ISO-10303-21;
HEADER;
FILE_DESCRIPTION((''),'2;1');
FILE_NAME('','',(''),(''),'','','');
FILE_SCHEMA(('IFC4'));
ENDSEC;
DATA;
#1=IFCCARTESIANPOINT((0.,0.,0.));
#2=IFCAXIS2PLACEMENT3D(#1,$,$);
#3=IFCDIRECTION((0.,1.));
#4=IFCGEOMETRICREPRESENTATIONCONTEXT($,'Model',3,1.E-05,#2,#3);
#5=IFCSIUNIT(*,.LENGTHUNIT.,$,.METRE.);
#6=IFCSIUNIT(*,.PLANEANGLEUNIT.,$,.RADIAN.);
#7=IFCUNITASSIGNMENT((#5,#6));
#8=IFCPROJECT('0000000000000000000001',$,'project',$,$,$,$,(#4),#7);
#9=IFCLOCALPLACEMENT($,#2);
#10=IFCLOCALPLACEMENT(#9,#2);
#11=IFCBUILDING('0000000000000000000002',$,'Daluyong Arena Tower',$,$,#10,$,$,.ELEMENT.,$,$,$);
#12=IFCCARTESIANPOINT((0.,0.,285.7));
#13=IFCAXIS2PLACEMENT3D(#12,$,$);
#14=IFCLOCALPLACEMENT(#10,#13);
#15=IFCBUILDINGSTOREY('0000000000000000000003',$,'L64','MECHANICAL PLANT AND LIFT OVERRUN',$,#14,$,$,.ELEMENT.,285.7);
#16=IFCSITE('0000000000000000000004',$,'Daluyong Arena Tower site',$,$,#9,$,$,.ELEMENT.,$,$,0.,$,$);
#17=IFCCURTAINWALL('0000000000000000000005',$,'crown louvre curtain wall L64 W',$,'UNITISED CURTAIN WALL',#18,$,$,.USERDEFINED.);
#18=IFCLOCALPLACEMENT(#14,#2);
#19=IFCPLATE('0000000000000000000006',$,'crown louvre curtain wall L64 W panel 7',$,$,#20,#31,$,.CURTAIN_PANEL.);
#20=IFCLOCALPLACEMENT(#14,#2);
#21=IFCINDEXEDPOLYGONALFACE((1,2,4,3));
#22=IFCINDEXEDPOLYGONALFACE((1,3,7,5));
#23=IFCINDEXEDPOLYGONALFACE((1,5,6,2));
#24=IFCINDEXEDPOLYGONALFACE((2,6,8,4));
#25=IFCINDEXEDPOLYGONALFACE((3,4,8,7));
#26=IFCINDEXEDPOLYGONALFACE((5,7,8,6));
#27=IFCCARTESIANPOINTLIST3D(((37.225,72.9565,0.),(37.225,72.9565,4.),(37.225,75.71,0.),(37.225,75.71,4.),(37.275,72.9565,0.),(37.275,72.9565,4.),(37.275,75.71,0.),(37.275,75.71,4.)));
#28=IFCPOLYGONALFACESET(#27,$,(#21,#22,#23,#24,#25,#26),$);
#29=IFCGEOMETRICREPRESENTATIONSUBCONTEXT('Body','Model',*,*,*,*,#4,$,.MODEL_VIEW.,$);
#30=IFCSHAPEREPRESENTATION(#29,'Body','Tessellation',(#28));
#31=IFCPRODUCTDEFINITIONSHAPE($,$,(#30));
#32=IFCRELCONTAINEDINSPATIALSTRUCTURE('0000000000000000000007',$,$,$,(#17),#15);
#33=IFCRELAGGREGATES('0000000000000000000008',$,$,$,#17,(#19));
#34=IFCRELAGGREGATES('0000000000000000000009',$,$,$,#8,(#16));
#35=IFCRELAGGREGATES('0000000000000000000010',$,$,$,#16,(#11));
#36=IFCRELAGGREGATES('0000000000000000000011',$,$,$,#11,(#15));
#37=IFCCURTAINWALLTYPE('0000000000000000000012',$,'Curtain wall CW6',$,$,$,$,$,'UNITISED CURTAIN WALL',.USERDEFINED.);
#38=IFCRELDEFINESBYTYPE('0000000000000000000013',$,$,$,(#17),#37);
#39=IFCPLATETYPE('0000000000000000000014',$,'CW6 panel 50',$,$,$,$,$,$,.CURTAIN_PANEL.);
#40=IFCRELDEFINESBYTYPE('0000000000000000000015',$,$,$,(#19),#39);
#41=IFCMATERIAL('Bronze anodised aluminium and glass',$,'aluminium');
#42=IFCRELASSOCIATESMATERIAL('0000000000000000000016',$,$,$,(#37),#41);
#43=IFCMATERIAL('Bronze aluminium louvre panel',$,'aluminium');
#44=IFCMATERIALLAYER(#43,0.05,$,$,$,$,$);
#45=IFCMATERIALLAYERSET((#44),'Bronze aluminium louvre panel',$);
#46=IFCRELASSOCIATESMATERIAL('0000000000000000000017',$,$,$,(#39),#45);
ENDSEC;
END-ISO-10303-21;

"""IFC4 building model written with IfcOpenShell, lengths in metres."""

from ifc_helpers import new_model, si_unit, direction, frame, origin, origin_2d, place, context, subcontext, project, spatial, rectangle, extrude, material, layer, layer_set, type_object, element, aggregate, save


model = new_model("IFC4")

# Units and contexts
model_context = context("Model", 3, precision=1e-05, world=origin(), true_north=direction((0.0, 1.0)))
body_context = subcontext(model_context, "Body", "Model", "MODEL_VIEW")
ifc_project = project(units=[si_unit("LENGTHUNIT", "METRE"), si_unit("PLANEANGLEUNIT", "RADIAN")], contexts=[model_context])

# Site, building, storey
site_placement = place(None, origin())
site = spatial("IfcSite", under=ifc_project, at=site_placement, Name="Daluyong Arena Tower site", CompositionType="ELEMENT", RefElevation=0.0)
building_placement = place(site_placement, origin())
building = spatial("IfcBuilding", under=site, at=building_placement, Name="Daluyong Arena Tower", CompositionType="ELEMENT")
storey_placement = place(building_placement, frame((0.0, 0.0, 285.7)))
storey = spatial("IfcBuildingStorey", under=building, at=storey_placement, Name="L64", Description="MECHANICAL PLANT AND LIFT OVERRUN", CompositionType="ELEMENT", Elevation=285.7)

# Curtain wall
ifc_material_1 = material(Name="Bronze anodised aluminium and glass", Category="aluminium")
curtain_wall_type = type_object("IfcCurtainWallType", Name="Curtain wall CW6", ElementType="UNITISED CURTAIN WALL", PredefinedType="USERDEFINED", material=ifc_material_1)
curtain_wall_placement = place(storey_placement, origin())
curtain_wall = element("IfcCurtainWall", 1, at=curtain_wall_placement, inside=storey, type_object=curtain_wall_type, Name="crown louvre curtain wall L64 W", ObjectType="UNITISED CURTAIN WALL", PredefinedType="USERDEFINED")

# Plate
ifc_material_2 = material(Name="Bronze aluminium louvre panel", Category="aluminium")
ifc_layer = layer(ifc_material_2, 0.05)
ifc_layer_set = layer_set([ifc_layer], Name="Bronze aluminium louvre panel")
plate_type = type_object("IfcPlateType", Name="CW6 panel 50", PredefinedType="CURTAIN_PANEL", material=ifc_layer_set)
plate_placement = place(storey_placement, frame((37.25, 74.3333, 0.0), z_axis=(0.0, 0.0, 1.0), x_axis=(0.0, -1.0, 0.0)))
plate = element("IfcPlate", 2, at=plate_placement, type_object=plate_type, Name="crown louvre curtain wall L64 W panel 7", PredefinedType="CURTAIN_PANEL", context=body_context, shape_type="SweptSolid", body=[
    extrude(rectangle(XDim=2.7534, YDim=0.05, at=origin_2d()), origin(), (0.0, 0.0, 1.0), 4.0),
])
aggregate(curtain_wall, [plate])

save(model, "model.ifc")
